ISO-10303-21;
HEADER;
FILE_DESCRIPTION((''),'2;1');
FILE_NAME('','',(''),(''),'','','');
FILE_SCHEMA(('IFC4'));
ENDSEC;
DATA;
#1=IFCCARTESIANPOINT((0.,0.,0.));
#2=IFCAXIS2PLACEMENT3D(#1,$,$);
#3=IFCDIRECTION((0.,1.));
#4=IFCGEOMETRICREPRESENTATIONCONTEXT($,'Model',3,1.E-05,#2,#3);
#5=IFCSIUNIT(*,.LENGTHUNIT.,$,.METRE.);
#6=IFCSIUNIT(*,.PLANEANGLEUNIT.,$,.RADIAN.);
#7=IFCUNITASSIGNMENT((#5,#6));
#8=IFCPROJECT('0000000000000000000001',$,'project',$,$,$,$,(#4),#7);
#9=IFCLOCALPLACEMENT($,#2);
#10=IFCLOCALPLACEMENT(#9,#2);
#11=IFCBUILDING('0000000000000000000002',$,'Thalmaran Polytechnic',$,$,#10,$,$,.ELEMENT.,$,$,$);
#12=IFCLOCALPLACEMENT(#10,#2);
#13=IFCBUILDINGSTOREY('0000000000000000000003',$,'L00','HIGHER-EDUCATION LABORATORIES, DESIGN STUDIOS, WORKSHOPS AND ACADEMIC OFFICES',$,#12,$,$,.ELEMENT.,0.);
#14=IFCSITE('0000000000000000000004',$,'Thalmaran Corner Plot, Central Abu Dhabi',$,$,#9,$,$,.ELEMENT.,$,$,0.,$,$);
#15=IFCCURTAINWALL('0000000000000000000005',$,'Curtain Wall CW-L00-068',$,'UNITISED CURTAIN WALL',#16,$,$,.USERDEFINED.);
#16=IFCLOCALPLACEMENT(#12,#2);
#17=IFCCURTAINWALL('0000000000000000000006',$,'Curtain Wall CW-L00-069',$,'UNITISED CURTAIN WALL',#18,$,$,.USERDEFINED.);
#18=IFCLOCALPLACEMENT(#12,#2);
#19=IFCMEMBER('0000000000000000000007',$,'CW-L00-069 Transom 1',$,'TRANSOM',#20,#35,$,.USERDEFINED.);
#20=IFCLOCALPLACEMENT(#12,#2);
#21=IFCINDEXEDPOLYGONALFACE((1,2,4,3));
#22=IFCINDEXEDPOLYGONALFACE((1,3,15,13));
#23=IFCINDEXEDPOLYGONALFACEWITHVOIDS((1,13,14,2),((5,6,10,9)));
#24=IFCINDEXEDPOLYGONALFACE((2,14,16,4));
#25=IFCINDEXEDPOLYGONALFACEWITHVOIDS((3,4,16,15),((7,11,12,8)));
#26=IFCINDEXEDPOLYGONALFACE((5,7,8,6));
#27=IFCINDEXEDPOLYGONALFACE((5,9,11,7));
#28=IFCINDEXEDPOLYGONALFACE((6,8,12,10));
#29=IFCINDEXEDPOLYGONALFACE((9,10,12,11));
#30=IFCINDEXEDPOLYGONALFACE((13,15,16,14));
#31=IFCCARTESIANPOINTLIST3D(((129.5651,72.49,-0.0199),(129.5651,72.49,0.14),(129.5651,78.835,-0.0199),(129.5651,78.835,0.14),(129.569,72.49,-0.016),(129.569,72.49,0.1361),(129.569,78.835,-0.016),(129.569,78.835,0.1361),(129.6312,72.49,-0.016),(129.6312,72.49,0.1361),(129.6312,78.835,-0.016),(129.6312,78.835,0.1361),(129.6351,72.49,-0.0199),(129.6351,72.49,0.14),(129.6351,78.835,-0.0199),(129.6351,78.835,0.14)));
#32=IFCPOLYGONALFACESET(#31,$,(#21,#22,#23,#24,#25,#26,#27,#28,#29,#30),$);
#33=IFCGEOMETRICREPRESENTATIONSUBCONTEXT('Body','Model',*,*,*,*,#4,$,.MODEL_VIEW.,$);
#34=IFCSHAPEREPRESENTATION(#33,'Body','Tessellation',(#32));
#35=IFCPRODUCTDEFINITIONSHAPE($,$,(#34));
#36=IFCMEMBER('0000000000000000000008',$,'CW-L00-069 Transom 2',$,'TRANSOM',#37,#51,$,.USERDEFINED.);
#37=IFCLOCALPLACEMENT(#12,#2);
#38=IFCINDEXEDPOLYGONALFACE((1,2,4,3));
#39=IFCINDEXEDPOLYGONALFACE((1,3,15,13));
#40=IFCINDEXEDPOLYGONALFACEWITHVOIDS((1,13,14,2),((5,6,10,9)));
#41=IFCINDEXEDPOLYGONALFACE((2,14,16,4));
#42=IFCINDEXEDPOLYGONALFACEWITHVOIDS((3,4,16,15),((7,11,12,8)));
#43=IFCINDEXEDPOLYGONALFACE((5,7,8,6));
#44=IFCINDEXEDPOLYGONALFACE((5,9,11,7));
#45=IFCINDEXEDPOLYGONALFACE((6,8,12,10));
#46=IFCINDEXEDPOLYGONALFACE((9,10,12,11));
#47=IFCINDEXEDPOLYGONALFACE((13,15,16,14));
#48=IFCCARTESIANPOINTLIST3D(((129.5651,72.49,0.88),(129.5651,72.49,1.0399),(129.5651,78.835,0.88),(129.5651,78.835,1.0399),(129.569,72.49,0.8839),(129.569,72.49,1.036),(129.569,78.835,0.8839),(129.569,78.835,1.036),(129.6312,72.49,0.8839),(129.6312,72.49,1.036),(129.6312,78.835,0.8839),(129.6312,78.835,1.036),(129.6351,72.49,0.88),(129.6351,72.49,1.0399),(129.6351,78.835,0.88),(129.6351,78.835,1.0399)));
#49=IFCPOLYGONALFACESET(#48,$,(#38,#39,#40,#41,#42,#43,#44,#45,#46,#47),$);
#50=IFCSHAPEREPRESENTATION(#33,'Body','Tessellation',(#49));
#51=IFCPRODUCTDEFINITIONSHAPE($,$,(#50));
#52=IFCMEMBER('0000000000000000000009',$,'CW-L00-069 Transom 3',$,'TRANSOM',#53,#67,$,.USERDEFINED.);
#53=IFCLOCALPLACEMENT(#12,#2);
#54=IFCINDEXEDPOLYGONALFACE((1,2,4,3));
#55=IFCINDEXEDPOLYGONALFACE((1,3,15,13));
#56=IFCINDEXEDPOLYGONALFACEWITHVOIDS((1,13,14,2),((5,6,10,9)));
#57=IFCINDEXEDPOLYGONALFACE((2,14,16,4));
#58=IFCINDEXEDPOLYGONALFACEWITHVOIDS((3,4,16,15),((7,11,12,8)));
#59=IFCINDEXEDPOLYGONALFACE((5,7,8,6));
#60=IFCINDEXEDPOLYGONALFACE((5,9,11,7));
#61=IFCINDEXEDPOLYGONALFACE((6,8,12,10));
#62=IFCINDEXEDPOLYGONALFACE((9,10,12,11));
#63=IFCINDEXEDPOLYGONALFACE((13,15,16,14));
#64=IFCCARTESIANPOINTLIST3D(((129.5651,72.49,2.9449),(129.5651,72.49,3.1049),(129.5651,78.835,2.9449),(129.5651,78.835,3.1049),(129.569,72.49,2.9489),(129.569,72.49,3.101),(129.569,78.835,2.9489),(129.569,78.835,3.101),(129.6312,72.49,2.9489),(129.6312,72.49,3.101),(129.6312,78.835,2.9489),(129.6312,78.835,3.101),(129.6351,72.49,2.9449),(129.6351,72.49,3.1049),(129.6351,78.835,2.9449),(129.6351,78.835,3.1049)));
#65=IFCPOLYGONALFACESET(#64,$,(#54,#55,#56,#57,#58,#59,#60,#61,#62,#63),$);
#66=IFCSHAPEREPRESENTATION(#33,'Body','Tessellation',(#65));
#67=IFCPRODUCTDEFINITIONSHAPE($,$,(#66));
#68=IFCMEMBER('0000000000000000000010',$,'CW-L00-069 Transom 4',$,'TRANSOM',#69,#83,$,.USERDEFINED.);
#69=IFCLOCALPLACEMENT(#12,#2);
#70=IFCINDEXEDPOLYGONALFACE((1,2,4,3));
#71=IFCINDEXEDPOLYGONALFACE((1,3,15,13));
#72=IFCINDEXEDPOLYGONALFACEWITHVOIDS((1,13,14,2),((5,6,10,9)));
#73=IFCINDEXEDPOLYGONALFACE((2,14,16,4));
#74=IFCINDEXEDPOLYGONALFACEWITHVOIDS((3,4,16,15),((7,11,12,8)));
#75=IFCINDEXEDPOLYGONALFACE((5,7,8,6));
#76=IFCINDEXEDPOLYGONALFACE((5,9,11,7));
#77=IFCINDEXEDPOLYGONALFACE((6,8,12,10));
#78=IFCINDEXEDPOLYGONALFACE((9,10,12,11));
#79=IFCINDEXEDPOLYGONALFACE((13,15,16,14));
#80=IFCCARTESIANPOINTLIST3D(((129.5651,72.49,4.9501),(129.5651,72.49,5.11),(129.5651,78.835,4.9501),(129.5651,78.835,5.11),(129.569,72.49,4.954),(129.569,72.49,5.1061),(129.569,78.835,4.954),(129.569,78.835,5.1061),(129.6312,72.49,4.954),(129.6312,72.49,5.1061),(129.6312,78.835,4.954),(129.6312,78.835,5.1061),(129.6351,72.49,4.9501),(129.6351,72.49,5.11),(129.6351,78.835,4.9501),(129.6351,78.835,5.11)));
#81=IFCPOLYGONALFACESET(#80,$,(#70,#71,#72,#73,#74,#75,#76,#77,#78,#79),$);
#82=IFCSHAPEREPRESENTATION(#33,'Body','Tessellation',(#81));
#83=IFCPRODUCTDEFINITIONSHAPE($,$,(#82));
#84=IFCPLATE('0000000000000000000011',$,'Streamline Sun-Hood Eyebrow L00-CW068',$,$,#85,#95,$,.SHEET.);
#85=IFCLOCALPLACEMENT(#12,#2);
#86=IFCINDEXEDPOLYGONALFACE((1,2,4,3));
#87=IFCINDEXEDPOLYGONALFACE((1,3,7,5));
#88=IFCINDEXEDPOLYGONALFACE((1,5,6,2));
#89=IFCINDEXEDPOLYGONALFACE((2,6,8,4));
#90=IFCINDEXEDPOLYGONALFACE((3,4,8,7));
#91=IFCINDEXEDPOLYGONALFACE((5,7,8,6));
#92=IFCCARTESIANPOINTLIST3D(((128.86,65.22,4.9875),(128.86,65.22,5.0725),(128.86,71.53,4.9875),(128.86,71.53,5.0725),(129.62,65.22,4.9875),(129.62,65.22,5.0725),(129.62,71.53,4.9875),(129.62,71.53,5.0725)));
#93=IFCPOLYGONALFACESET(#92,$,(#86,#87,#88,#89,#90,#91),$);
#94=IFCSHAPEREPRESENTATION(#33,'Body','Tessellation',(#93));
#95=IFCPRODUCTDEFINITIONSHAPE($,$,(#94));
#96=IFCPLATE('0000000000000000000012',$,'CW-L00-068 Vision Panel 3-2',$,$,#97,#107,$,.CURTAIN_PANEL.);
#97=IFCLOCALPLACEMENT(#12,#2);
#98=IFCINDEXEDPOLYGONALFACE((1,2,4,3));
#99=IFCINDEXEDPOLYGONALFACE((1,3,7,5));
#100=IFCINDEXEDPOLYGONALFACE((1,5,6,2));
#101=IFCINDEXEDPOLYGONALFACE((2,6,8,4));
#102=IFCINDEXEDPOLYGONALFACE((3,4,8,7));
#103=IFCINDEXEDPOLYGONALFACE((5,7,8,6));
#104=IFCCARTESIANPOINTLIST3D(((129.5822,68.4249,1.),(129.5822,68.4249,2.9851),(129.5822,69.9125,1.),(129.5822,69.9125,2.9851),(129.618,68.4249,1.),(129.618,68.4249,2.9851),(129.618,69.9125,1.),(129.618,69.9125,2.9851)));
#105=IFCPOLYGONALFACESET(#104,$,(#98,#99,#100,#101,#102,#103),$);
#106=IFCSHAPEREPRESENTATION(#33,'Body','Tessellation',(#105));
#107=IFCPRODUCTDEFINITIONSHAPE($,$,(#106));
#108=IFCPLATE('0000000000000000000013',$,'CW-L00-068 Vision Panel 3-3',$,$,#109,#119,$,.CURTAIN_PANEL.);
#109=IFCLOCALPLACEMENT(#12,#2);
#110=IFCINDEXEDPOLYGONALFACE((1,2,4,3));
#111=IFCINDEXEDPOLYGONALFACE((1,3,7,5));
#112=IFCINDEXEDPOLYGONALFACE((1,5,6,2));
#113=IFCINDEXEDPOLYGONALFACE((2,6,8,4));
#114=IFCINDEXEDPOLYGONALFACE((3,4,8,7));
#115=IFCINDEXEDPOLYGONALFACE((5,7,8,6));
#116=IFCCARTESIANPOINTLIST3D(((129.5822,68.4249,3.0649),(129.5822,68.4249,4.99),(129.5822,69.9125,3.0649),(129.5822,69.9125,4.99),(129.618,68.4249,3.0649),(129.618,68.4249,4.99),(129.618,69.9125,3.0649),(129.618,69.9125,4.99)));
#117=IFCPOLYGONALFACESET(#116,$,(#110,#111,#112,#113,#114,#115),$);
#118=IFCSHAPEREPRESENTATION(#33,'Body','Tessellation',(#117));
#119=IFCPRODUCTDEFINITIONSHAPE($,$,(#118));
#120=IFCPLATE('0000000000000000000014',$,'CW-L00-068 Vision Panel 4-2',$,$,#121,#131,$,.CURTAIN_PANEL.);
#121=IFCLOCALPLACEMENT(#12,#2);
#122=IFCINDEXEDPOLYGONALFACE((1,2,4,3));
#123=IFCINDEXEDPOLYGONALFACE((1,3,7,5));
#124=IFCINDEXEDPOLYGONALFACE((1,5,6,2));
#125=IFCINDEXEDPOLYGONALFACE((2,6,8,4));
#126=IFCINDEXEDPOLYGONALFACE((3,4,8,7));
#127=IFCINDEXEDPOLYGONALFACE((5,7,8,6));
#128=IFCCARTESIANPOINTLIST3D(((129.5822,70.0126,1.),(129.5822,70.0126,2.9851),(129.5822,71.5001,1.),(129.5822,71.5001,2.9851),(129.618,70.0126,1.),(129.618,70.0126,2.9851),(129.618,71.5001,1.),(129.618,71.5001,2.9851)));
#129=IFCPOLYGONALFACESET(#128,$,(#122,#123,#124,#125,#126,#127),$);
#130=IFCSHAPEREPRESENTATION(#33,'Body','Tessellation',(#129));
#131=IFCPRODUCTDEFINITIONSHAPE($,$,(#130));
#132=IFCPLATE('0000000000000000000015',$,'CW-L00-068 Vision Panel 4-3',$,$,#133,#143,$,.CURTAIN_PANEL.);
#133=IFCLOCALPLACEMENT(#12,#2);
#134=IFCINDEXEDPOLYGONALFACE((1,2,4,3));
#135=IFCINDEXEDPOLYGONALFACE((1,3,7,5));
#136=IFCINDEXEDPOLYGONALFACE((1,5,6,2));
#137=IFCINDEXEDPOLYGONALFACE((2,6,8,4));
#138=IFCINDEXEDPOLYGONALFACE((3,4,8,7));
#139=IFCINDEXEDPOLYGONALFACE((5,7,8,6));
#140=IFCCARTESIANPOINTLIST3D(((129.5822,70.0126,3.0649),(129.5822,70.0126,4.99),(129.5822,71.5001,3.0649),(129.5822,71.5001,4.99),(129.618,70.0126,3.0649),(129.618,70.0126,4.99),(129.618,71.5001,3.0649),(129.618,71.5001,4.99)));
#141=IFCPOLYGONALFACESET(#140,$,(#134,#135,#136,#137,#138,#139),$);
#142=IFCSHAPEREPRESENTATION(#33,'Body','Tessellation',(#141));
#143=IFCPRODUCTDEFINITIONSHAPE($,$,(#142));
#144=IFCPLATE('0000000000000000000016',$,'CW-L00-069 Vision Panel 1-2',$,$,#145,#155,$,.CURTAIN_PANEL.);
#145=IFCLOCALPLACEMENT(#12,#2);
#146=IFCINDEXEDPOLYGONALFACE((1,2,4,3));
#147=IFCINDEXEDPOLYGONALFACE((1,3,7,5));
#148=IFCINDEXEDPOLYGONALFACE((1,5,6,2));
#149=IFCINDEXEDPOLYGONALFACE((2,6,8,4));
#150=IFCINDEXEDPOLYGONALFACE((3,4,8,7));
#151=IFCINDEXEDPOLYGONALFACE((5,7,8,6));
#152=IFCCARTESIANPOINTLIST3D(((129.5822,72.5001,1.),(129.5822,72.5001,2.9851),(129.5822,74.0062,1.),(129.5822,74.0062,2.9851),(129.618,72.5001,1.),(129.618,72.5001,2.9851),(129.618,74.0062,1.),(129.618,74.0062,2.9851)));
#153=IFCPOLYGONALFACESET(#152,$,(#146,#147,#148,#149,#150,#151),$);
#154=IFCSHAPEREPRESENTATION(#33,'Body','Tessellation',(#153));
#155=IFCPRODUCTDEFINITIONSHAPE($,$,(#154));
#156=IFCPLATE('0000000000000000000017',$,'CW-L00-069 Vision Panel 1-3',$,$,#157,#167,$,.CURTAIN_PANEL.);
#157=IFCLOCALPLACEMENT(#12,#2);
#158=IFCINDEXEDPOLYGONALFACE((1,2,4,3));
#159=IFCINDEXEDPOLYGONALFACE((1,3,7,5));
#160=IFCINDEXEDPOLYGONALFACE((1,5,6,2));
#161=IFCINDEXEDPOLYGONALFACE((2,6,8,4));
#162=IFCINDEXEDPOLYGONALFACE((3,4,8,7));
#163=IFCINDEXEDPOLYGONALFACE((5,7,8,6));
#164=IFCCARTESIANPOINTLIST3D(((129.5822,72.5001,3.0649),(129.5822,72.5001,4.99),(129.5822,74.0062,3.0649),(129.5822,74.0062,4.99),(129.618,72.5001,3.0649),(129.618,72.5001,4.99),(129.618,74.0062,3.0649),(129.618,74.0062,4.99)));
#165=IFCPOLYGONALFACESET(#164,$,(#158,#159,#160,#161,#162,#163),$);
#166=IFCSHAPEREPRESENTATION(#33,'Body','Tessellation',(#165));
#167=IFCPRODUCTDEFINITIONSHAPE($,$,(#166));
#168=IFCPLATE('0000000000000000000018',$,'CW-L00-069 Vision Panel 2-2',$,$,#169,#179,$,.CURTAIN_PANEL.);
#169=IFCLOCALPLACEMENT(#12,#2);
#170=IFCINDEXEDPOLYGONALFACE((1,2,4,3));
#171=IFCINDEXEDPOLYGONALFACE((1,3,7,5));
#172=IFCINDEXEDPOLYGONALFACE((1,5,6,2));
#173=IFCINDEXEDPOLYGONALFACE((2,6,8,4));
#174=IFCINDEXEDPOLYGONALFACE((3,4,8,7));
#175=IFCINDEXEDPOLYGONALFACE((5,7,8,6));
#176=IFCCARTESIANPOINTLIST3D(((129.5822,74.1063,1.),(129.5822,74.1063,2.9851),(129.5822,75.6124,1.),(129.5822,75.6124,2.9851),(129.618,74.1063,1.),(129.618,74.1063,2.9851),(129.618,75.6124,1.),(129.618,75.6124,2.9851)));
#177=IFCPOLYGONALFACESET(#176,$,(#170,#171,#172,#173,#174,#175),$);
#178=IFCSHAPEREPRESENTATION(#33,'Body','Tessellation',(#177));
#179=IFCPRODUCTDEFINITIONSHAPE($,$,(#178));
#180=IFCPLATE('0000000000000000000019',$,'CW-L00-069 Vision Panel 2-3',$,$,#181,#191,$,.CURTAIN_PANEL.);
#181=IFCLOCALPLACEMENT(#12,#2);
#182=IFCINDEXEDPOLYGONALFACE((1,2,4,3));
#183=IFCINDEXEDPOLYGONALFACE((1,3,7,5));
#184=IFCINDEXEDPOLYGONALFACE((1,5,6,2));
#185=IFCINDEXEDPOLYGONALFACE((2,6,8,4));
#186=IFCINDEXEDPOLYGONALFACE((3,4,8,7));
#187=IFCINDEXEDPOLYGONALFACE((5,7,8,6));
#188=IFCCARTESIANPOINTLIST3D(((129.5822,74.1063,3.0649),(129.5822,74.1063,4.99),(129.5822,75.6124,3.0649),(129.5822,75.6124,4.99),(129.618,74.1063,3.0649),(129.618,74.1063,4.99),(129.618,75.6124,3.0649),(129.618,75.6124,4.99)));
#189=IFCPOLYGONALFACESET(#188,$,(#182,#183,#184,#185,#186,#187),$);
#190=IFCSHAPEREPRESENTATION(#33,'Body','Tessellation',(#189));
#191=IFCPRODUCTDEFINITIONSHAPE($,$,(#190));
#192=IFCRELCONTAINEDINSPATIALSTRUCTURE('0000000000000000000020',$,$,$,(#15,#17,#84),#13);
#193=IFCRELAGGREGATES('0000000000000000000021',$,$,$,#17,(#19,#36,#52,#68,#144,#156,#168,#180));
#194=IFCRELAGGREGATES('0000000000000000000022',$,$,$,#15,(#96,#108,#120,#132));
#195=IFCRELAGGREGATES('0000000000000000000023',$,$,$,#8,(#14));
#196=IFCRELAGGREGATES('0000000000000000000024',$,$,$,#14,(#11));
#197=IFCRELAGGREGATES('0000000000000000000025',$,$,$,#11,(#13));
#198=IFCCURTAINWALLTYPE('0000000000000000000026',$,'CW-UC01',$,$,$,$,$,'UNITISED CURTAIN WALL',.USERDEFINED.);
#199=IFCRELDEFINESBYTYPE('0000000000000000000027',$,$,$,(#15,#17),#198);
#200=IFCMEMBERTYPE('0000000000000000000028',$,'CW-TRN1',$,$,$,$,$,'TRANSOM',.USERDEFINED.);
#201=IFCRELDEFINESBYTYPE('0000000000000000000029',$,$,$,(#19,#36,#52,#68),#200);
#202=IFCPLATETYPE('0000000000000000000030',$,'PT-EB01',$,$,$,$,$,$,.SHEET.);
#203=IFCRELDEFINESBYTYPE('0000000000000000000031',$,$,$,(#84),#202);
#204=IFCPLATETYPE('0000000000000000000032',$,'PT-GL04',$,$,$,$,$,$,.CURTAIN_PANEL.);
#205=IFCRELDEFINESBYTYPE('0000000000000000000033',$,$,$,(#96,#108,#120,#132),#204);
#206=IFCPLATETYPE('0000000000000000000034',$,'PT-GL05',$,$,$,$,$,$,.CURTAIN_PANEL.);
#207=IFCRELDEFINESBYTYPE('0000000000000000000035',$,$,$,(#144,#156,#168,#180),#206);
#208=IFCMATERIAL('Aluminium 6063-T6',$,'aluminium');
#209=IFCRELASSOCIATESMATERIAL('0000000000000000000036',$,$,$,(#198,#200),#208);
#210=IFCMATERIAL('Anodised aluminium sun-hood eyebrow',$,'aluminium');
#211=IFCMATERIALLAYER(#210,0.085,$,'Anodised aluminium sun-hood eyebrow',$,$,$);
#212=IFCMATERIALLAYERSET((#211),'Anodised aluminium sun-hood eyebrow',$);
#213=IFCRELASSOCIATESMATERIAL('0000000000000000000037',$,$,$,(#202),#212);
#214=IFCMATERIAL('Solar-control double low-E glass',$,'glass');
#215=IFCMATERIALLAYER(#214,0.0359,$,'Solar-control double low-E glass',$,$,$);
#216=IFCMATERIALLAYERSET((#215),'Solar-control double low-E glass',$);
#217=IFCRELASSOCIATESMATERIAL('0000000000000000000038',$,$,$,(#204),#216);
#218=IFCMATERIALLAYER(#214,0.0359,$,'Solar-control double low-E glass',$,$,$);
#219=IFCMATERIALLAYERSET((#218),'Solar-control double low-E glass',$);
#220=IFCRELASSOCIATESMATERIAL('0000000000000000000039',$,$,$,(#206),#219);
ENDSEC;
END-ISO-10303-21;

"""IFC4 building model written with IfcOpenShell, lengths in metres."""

from ifc_helpers import new_model, si_unit, direction, frame, origin, origin_2d, place, context, subcontext, project, spatial, rectangle, hollow_rectangle, extrude, material, layer, layer_set, material_profile, profile_set, type_object, element, aggregate, save


model = new_model("IFC4")

# Units and contexts
model_context = context("Model", 3, precision=1e-05, world=origin(), true_north=direction((0.0, 1.0)))
body_context = subcontext(model_context, "Body", "Model", "MODEL_VIEW")
ifc_project = project(units=[si_unit("LENGTHUNIT", "METRE"), si_unit("PLANEANGLEUNIT", "RADIAN")], contexts=[model_context])

# Site, building, storey
site_placement = place(None, origin())
site = spatial("IfcSite", under=ifc_project, at=site_placement, Name="Thalmaran Corner Plot, Central Abu Dhabi", CompositionType="ELEMENT", RefElevation=0.0)
building_placement = place(site_placement, origin())
building = spatial("IfcBuilding", under=site, at=building_placement, Name="Thalmaran Polytechnic", CompositionType="ELEMENT")
storey_placement = place(building_placement, origin())
storey = spatial("IfcBuildingStorey", under=building, at=storey_placement, Name="L00", Description="HIGHER-EDUCATION LABORATORIES, DESIGN STUDIOS, WORKSHOPS AND ACADEMIC OFFICES", CompositionType="ELEMENT", Elevation=0.0)

# Curtain walls, members
ifc_material_1 = material(Name="Aluminium 6063-T6", Category="aluminium")
curtain_wall_type = type_object("IfcCurtainWallType", Name="CW-UC01", ElementType="UNITISED CURTAIN WALL", PredefinedType="USERDEFINED", material=ifc_material_1)
curtain_wall_1_placement = place(storey_placement, origin())
curtain_wall_1 = element("IfcCurtainWall", 1, at=curtain_wall_1_placement, inside=storey, type_object=curtain_wall_type, Name="Curtain Wall CW-L00-068", ObjectType="UNITISED CURTAIN WALL", PredefinedType="USERDEFINED")
curtain_wall_2_placement = place(storey_placement, origin())
curtain_wall_2 = element("IfcCurtainWall", 2, at=curtain_wall_2_placement, inside=storey, type_object=curtain_wall_type, Name="Curtain Wall CW-L00-069", ObjectType="UNITISED CURTAIN WALL", PredefinedType="USERDEFINED")
ifc_material_profile_1 = material_profile(ifc_material_1, hollow_rectangle(XDim=0.0701, YDim=0.1599, WallThickness=0.0039, at=origin_2d()), Name="AL 160x70x4.0")
ifc_profile_set_1 = profile_set([ifc_material_profile_1], Name="Aluminium 6063-T6")
member_type_1 = type_object("IfcMemberType", Name="CW-TRN1", ElementType="TRANSOM", PredefinedType="USERDEFINED", material=ifc_profile_set_1)
member_1_placement = place(storey_placement, frame((129.6001, 72.49, 0.0601), z_axis=(0.0, 1.0, 0.0), x_axis=(-1.0, 0.0, 0.0)))
member_1 = element("IfcMember", 3, at=member_1_placement, type_object=member_type_1, Name="CW-L00-069 Transom 1", ObjectType="TRANSOM", PredefinedType="USERDEFINED", context=body_context, shape_type="SweptSolid", body=[
    extrude(hollow_rectangle(XDim=0.0701, YDim=0.1599, WallThickness=0.0039, at=origin_2d()), origin(), (0.0, 0.0, 1.0), 6.345),
])
member_2_placement = place(storey_placement, frame((129.6001, 72.49, 0.96), z_axis=(0.0, 1.0, 0.0), x_axis=(-1.0, 0.0, 0.0)))
member_2 = element("IfcMember", 4, at=member_2_placement, type_object=member_type_1, Name="CW-L00-069 Transom 2", ObjectType="TRANSOM", PredefinedType="USERDEFINED", context=body_context, shape_type="SweptSolid", body=[
    extrude(hollow_rectangle(XDim=0.0701, YDim=0.1599, WallThickness=0.0039, at=origin_2d()), origin(), (0.0, 0.0, 1.0), 6.345),
])
member_3_placement = place(storey_placement, frame((129.6001, 72.49, 3.0249), z_axis=(0.0, 1.0, 0.0), x_axis=(-1.0, 0.0, 0.0)))
member_3 = element("IfcMember", 5, at=member_3_placement, type_object=member_type_1, Name="CW-L00-069 Transom 3", ObjectType="TRANSOM", PredefinedType="USERDEFINED", context=body_context, shape_type="SweptSolid", body=[
    extrude(hollow_rectangle(XDim=0.0701, YDim=0.1599, WallThickness=0.0039, at=origin_2d()), origin(), (0.0, 0.0, 1.0), 6.345),
])
member_4_placement = place(storey_placement, frame((129.6001, 72.49, 5.03), z_axis=(0.0, 1.0, 0.0), x_axis=(-1.0, 0.0, 0.0)))
member_4 = element("IfcMember", 6, at=member_4_placement, type_object=member_type_1, Name="CW-L00-069 Transom 4", ObjectType="TRANSOM", PredefinedType="USERDEFINED", context=body_context, shape_type="SweptSolid", body=[
    extrude(hollow_rectangle(XDim=0.0701, YDim=0.1599, WallThickness=0.0039, at=origin_2d()), origin(), (0.0, 0.0, 1.0), 6.345),
])

# Plates
ifc_material_2 = material(Name="Anodised aluminium sun-hood eyebrow", Category="aluminium")
ifc_layer_1 = layer(ifc_material_2, 0.085, Name="Anodised aluminium sun-hood eyebrow")
ifc_layer_set_1 = layer_set([ifc_layer_1], Name="Anodised aluminium sun-hood eyebrow")
plate_type_1 = type_object("IfcPlateType", Name="PT-EB01", PredefinedType="SHEET", material=ifc_layer_set_1)
plate_1_placement = place(storey_placement, frame((129.24, 68.375, 4.9875), z_axis=(0.0, 0.0, 1.0), x_axis=(0.0, 1.0, 0.0)))
element("IfcPlate", 7, at=plate_1_placement, inside=storey, type_object=plate_type_1, Name="Streamline Sun-Hood Eyebrow L00-CW068", PredefinedType="SHEET", context=body_context, shape_type="SweptSolid", body=[
    extrude(rectangle(XDim=6.3101, YDim=0.76, at=origin_2d()), origin(), (0.0, 0.0, 1.0), 0.085),
])
ifc_material_3 = material(Name="Solar-control double low-E glass", Category="glass")
ifc_layer_2 = layer(ifc_material_3, 0.0359, Name="Solar-control double low-E glass")
ifc_layer_set_2 = layer_set([ifc_layer_2], Name="Solar-control double low-E glass")
plate_type_2 = type_object("IfcPlateType", Name="PT-GL04", PredefinedType="CURTAIN_PANEL", material=ifc_layer_set_2)
plate_2_placement = place(storey_placement, frame((129.6001, 69.1687, 1.0), z_axis=(0.0, 0.0, 1.0), x_axis=(0.0, 1.0, 0.0)))
plate_2 = element("IfcPlate", 8, at=plate_2_placement, type_object=plate_type_2, Name="CW-L00-068 Vision Panel 3-2", PredefinedType="CURTAIN_PANEL", context=body_context, shape_type="SweptSolid", body=[
    extrude(rectangle(XDim=1.4875, YDim=0.0359, at=origin_2d()), origin(), (0.0, 0.0, 1.0), 1.9851),
])
plate_3_placement = place(storey_placement, frame((129.6001, 69.1687, 3.0649), z_axis=(0.0, 0.0, 1.0), x_axis=(0.0, 1.0, 0.0)))
plate_3 = element("IfcPlate", 9, at=plate_3_placement, type_object=plate_type_2, Name="CW-L00-068 Vision Panel 3-3", PredefinedType="CURTAIN_PANEL", context=body_context, shape_type="SweptSolid", body=[
    extrude(rectangle(XDim=1.4875, YDim=0.0359, at=origin_2d()), origin(), (0.0, 0.0, 1.0), 1.925),
])
plate_4_placement = place(storey_placement, frame((129.6001, 70.7563, 1.0), z_axis=(0.0, 0.0, 1.0), x_axis=(0.0, 1.0, 0.0)))
plate_4 = element("IfcPlate", 10, at=plate_4_placement, type_object=plate_type_2, Name="CW-L00-068 Vision Panel 4-2", PredefinedType="CURTAIN_PANEL", context=body_context, shape_type="SweptSolid", body=[
    extrude(rectangle(XDim=1.4875, YDim=0.0359, at=origin_2d()), origin(), (0.0, 0.0, 1.0), 1.9851),
])
plate_5_placement = place(storey_placement, frame((129.6001, 70.7563, 3.0649), z_axis=(0.0, 0.0, 1.0), x_axis=(0.0, 1.0, 0.0)))
plate_5 = element("IfcPlate", 11, at=plate_5_placement, type_object=plate_type_2, Name="CW-L00-068 Vision Panel 4-3", PredefinedType="CURTAIN_PANEL", context=body_context, shape_type="SweptSolid", body=[
    extrude(rectangle(XDim=1.4875, YDim=0.0359, at=origin_2d()), origin(), (0.0, 0.0, 1.0), 1.925),
])
ifc_layer_3 = layer(ifc_material_3, 0.0359, Name="Solar-control double low-E glass")
ifc_layer_set_3 = layer_set([ifc_layer_3], Name="Solar-control double low-E glass")
plate_type_3 = type_object("IfcPlateType", Name="PT-GL05", PredefinedType="CURTAIN_PANEL", material=ifc_layer_set_3)
plate_6_placement = place(storey_placement, frame((129.6001, 73.2532, 1.0), z_axis=(0.0, 0.0, 1.0), x_axis=(0.0, 1.0, 0.0)))
plate_6 = element("IfcPlate", 12, at=plate_6_placement, type_object=plate_type_3, Name="CW-L00-069 Vision Panel 1-2", PredefinedType="CURTAIN_PANEL", context=body_context, shape_type="SweptSolid", body=[
    extrude(rectangle(XDim=1.5061, YDim=0.0359, at=origin_2d()), origin(), (0.0, 0.0, 1.0), 1.9851),
])
plate_7_placement = place(storey_placement, frame((129.6001, 73.2532, 3.0649), z_axis=(0.0, 0.0, 1.0), x_axis=(0.0, 1.0, 0.0)))
plate_7 = element("IfcPlate", 13, at=plate_7_placement, type_object=plate_type_3, Name="CW-L00-069 Vision Panel 1-3", PredefinedType="CURTAIN_PANEL", context=body_context, shape_type="SweptSolid", body=[
    extrude(rectangle(XDim=1.5061, YDim=0.0359, at=origin_2d()), origin(), (0.0, 0.0, 1.0), 1.925),
])
plate_8_placement = place(storey_placement, frame((129.6001, 74.8594, 1.0), z_axis=(0.0, 0.0, 1.0), x_axis=(0.0, 1.0, 0.0)))
plate_8 = element("IfcPlate", 14, at=plate_8_placement, type_object=plate_type_3, Name="CW-L00-069 Vision Panel 2-2", PredefinedType="CURTAIN_PANEL", context=body_context, shape_type="SweptSolid", body=[
    extrude(rectangle(XDim=1.5061, YDim=0.0359, at=origin_2d()), origin(), (0.0, 0.0, 1.0), 1.9851),
])
plate_9_placement = place(storey_placement, frame((129.6001, 74.8594, 3.0649), z_axis=(0.0, 0.0, 1.0), x_axis=(0.0, 1.0, 0.0)))
plate_9 = element("IfcPlate", 15, at=plate_9_placement, type_object=plate_type_3, Name="CW-L00-069 Vision Panel 2-3", PredefinedType="CURTAIN_PANEL", context=body_context, shape_type="SweptSolid", body=[
    extrude(rectangle(XDim=1.5061, YDim=0.0359, at=origin_2d()), origin(), (0.0, 0.0, 1.0), 1.925),
])
aggregate(curtain_wall_2, [member_1, member_2, member_3, member_4, plate_6, plate_7, plate_8, plate_9])
aggregate(curtain_wall_1, [plate_2, plate_3, plate_4, plate_5])

save(model, "model.ifc")
